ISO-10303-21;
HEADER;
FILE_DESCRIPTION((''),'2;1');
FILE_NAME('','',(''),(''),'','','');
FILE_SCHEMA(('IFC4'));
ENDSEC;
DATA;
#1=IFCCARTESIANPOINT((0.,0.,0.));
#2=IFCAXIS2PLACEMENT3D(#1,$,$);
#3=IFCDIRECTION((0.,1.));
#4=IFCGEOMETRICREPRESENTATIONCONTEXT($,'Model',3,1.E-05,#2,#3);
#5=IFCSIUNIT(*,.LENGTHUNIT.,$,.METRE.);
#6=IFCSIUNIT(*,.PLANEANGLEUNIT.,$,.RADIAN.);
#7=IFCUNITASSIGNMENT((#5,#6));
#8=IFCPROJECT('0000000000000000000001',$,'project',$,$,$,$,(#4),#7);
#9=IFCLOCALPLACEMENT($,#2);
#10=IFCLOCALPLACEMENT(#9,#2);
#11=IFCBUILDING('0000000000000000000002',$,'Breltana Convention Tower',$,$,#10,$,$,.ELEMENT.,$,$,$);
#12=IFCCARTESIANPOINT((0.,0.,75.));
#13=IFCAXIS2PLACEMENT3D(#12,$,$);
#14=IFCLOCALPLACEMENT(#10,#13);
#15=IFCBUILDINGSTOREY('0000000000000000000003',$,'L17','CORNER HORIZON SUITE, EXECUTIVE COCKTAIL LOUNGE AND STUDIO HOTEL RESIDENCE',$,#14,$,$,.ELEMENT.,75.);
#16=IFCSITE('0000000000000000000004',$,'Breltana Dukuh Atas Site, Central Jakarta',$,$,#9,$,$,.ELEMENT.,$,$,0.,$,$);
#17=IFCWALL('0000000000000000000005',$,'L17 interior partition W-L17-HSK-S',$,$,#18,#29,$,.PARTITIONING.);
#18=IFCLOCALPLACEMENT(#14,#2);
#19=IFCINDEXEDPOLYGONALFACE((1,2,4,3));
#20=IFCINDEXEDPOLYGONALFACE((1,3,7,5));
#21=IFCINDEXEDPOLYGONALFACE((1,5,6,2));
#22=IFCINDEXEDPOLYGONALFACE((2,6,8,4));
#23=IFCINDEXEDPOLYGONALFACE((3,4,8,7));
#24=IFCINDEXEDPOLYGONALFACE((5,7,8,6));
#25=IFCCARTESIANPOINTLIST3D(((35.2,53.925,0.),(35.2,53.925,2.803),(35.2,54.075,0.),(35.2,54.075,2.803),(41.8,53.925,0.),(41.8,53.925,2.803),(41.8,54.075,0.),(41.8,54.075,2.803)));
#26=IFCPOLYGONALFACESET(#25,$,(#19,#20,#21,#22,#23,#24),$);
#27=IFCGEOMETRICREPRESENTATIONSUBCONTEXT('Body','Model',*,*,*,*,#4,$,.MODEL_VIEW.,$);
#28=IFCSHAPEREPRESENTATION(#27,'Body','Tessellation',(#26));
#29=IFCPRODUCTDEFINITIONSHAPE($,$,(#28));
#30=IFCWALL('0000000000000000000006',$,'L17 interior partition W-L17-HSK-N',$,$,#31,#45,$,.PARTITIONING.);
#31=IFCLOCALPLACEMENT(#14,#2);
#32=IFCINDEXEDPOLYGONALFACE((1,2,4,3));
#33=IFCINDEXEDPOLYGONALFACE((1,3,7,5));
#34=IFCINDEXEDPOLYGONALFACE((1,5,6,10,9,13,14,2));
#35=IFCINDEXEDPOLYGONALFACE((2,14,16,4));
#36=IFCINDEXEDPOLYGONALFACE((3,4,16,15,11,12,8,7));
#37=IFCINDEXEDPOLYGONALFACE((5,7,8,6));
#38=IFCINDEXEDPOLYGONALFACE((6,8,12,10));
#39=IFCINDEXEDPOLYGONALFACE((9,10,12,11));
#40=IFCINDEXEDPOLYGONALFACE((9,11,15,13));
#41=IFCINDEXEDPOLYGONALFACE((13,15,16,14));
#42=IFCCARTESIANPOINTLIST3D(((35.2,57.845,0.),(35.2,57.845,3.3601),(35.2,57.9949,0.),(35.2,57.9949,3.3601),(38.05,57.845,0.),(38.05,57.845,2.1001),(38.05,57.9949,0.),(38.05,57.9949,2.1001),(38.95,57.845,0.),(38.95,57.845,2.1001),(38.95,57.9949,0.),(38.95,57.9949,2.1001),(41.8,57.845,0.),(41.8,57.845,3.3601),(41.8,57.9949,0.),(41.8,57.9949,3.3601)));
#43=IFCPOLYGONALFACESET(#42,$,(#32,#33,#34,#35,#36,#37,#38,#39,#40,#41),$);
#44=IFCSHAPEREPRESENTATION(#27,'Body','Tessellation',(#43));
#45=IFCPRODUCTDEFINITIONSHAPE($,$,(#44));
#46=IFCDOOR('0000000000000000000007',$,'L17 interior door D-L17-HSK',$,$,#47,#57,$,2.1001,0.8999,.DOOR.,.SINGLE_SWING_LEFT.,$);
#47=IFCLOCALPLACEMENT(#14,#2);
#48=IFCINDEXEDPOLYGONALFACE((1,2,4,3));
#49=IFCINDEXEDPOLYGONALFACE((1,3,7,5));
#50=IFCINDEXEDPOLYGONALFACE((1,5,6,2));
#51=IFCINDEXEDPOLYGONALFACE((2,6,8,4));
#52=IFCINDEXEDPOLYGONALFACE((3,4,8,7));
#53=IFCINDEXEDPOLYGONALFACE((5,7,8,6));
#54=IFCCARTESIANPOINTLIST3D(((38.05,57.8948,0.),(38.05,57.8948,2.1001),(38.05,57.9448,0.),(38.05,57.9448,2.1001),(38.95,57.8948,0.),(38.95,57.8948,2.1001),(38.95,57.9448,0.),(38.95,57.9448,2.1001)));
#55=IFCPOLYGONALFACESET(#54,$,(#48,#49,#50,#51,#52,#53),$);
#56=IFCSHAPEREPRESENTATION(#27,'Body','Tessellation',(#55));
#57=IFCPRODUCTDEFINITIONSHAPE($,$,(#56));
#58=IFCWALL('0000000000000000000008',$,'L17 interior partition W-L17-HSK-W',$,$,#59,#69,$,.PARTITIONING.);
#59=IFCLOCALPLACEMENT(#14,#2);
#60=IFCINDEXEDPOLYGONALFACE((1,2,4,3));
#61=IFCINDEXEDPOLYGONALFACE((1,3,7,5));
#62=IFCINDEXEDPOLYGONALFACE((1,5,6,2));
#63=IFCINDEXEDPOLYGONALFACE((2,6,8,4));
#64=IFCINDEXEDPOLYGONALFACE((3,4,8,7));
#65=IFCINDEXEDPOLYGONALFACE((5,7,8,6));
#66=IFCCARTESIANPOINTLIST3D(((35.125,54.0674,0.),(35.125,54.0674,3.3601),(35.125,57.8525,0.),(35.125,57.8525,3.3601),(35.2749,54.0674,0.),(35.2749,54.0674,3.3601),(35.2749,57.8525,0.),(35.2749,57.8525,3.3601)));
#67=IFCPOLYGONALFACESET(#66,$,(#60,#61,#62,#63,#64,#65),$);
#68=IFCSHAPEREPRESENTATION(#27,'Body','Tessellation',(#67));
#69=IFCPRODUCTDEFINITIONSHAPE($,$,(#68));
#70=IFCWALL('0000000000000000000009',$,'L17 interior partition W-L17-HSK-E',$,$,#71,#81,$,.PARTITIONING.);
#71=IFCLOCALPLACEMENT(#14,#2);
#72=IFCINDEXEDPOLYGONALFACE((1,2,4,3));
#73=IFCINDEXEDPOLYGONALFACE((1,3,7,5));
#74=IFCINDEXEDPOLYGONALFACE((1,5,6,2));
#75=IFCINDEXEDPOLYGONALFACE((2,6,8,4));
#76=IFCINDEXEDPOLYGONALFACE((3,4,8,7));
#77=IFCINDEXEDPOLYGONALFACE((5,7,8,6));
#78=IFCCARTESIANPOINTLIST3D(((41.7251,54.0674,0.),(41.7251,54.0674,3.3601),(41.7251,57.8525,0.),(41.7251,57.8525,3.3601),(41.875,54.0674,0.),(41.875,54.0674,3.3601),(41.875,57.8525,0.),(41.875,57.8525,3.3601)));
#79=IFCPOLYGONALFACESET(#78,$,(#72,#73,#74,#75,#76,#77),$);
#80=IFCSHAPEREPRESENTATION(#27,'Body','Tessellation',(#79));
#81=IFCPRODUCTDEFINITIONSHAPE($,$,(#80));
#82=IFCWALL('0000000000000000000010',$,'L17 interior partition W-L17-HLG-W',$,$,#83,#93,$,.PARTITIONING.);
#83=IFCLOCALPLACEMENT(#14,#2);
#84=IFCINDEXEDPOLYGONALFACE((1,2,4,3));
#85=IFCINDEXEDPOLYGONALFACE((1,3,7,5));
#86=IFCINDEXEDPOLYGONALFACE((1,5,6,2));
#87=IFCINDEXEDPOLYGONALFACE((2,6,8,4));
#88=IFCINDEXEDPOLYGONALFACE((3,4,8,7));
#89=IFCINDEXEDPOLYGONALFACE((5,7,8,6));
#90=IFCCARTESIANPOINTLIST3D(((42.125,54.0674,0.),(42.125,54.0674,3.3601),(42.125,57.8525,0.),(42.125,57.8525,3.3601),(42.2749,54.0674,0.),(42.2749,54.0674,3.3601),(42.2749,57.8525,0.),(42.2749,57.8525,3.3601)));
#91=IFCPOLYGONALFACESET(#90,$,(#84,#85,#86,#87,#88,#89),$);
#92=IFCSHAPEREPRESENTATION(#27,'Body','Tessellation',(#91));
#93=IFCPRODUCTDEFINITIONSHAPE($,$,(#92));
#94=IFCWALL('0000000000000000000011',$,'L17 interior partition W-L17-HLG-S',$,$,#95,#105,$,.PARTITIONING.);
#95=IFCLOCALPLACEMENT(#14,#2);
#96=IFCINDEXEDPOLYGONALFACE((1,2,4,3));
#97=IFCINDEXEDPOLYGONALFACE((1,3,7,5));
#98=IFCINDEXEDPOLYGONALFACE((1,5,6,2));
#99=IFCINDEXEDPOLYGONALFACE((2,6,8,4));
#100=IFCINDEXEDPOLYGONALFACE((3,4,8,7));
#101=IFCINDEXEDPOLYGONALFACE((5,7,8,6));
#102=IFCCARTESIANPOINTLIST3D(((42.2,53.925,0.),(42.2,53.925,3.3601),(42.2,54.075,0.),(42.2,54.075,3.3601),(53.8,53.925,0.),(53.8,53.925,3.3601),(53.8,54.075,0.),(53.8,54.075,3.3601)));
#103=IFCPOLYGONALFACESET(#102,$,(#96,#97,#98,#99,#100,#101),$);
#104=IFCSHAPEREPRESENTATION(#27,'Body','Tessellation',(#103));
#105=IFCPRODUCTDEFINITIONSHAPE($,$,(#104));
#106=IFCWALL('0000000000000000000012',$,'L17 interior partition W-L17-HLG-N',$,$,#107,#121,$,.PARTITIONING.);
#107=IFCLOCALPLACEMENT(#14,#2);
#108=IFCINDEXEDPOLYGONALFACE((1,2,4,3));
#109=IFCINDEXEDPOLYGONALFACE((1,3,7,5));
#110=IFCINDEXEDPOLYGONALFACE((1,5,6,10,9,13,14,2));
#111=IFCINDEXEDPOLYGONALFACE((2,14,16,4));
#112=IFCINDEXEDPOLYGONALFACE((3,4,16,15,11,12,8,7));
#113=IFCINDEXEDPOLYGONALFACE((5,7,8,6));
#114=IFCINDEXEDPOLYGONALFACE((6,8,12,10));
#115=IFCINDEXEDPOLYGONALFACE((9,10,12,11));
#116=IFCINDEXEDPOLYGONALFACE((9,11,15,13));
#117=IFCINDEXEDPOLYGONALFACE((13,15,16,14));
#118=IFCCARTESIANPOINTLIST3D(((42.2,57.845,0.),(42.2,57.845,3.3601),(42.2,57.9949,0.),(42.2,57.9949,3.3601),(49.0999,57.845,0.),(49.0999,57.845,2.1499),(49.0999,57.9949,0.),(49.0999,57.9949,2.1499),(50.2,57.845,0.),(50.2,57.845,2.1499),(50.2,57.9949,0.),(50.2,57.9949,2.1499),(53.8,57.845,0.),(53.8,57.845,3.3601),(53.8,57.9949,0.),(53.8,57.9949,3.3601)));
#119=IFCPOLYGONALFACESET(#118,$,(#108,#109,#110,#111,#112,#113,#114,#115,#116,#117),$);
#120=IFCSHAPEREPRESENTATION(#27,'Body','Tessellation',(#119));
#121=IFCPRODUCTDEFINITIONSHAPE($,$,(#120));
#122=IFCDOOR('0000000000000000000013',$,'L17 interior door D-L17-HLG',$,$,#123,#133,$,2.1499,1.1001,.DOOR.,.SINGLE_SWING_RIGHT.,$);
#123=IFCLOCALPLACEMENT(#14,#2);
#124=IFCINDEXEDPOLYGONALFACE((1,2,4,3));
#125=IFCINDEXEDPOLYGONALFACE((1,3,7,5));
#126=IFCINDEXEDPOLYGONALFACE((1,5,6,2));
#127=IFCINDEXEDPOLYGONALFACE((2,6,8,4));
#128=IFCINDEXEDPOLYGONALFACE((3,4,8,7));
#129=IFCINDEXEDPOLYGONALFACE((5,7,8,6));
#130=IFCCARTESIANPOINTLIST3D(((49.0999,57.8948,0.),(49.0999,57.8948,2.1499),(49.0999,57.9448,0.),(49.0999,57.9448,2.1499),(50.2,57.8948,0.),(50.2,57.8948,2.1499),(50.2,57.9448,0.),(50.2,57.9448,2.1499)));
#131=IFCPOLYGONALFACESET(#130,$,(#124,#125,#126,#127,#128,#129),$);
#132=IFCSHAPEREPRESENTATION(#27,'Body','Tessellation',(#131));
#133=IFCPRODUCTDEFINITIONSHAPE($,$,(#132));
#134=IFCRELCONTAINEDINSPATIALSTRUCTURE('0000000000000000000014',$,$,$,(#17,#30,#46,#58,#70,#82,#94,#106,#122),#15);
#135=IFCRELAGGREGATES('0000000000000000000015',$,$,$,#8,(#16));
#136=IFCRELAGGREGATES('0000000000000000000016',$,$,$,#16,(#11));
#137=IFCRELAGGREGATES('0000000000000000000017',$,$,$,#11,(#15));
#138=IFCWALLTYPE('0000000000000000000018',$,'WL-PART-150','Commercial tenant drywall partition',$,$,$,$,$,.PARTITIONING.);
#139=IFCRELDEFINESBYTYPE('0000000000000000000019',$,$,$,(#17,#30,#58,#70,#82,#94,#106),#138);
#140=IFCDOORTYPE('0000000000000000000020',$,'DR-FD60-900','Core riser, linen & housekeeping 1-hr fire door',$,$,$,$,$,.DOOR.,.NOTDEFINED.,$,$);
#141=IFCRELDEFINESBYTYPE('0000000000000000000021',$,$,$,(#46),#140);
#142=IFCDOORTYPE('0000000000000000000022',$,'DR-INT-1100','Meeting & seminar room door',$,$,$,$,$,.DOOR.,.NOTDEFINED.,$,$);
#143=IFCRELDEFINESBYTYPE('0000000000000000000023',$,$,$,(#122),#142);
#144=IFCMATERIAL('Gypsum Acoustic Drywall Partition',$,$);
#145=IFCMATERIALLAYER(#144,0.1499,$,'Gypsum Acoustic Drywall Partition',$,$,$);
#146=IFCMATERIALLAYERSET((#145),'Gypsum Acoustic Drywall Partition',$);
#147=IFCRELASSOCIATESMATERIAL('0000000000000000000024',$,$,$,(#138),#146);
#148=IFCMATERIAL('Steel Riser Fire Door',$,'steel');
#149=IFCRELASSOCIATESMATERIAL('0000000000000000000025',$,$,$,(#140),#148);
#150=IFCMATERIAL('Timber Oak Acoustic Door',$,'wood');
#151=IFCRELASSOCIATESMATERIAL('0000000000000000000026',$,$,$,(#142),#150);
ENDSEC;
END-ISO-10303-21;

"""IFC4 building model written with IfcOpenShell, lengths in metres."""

from ifc_helpers import new_model, si_unit, direction, frame, frame_2d, origin, place, context, subcontext, project, spatial, rectangle, extrude, source, transform, mapped, material, layer, layer_set, type_object, type_shapes, element, fill, save


model = new_model("IFC4")

# Units and contexts
model_context = context("Model", 3, precision=1e-05, world=origin(), true_north=direction((0.0, 1.0)))
body_context = subcontext(model_context, "Body", "Model", "MODEL_VIEW")
ifc_project = project(units=[si_unit("LENGTHUNIT", "METRE"), si_unit("PLANEANGLEUNIT", "RADIAN")], contexts=[model_context])

# Site, building, storey
site_placement = place(None, origin())
site = spatial("IfcSite", under=ifc_project, at=site_placement, Name="Breltana Dukuh Atas Site, Central Jakarta", CompositionType="ELEMENT", RefElevation=0.0)
building_placement = place(site_placement, origin())
building = spatial("IfcBuilding", under=site, at=building_placement, Name="Breltana Convention Tower", CompositionType="ELEMENT")
storey_placement = place(building_placement, frame((0.0, 0.0, 75.0)))
storey = spatial("IfcBuildingStorey", under=building, at=storey_placement, Name="L17", Description="CORNER HORIZON SUITE, EXECUTIVE COCKTAIL LOUNGE AND STUDIO HOTEL RESIDENCE", CompositionType="ELEMENT", Elevation=75.0)

# Wall
ifc_material_1 = material(Name="Gypsum Acoustic Drywall Partition")
ifc_layer_1 = layer(ifc_material_1, 0.1499, Name="Gypsum Acoustic Drywall Partition")
ifc_layer_set_1 = layer_set([ifc_layer_1], Name="Gypsum Acoustic Drywall Partition")
wall_type = type_object("IfcWallType", Name="WL-PART-150", Description="Commercial tenant drywall partition", PredefinedType="PARTITIONING", material=ifc_layer_set_1)
shared_shape_1 = source(origin(), body_context, "Body", "SweptSolid", [
    extrude(rectangle(XDim=6.6001, YDim=0.1499, at=frame_2d((3.3, 0.0))), origin(), (0.0, 0.0, 1.0), 2.803),
])
wall_1_placement = place(storey_placement, frame((35.2, 54.0, 0.0), z_axis=(0.0, 0.0, 1.0), x_axis=(1.0, 0.0, 0.0)))
element("IfcWall", 1, at=wall_1_placement, inside=storey, type_object=wall_type, Name="L17 interior partition W-L17-HSK-S", PredefinedType="PARTITIONING", context=body_context, shape_type="MappedRepresentation", body=[
    mapped(shared_shape_1, transform((0.0, 0.0, 0.0), scale=1.0)),
])

# Wall, opening, door
shared_shape_2 = source(origin(), body_context, "Body", "SweptSolid", [
    extrude(rectangle(XDim=6.6001, YDim=0.1499, at=frame_2d((3.3, 0.0))), origin(), (0.0, 0.0, 1.0), 3.3601),
])
wall_2_placement = place(storey_placement, frame((35.2, 57.9199, 0.0), z_axis=(0.0, 0.0, 1.0), x_axis=(1.0, 0.0, 0.0)))
wall_2 = element("IfcWall", 2, at=wall_2_placement, inside=storey, type_object=wall_type, Name="L17 interior partition W-L17-HSK-N", PredefinedType="PARTITIONING", context=body_context, shape_type="MappedRepresentation", body=[
    mapped(shared_shape_2, transform((0.0, 0.0, 0.0), scale=1.0)),
])
opening_1_placement = place(wall_2_placement, frame((2.8501, 0.0, 0.0)))
opening_1 = element("IfcOpeningElement", 3, at=opening_1_placement, cuts=wall_2, PredefinedType="OPENING", context=body_context, shape_type="SweptSolid", body=[
    extrude(rectangle(XDim=0.8999, YDim=2.1001, at=frame_2d((0.45, 1.05))), frame((0.0, 0.085, 0.0), z_axis=(0.0, -1.0, 0.0), x_axis=(1.0, 0.0, 0.0)), (0.0, 0.0, 1.0), 0.1699),
])
ifc_material_2 = material(Name="Steel Riser Fire Door", Category="steel")
door_type_1 = type_object("IfcDoorType", Name="DR-FD60-900", Description="Core riser, linen & housekeeping 1-hr fire door", OperationType="NOTDEFINED", PredefinedType="DOOR", material=ifc_material_2)
shared_shape_3 = source(origin(), body_context, "Body", "SweptSolid", [
    extrude(rectangle(XDim=0.8999, YDim=2.1001, at=frame_2d((0.45, 1.05))), frame((0.0, 0.0249, 0.0), z_axis=(0.0, -1.0, 0.0), x_axis=(1.0, 0.0, 0.0)), (0.0, 0.0, 1.0), 0.05),
])
type_shapes(door_type_1, [shared_shape_3])
door_1_placement = place(opening_1_placement, origin())
door_1 = element("IfcDoor", 4, at=door_1_placement, inside=storey, type_object=door_type_1, Name="L17 interior door D-L17-HSK", OperationType="SINGLE_SWING_LEFT", OverallHeight=2.1001, OverallWidth=0.8999, PredefinedType="DOOR", context=body_context, shape_type="MappedRepresentation", body=[
    mapped(shared_shape_3, transform((0.0, 0.0, 0.0), scale=1.0)),
])
fill(opening_1, door_1)

# Walls
shared_shape_4 = source(origin(), body_context, "Body", "SweptSolid", [
    extrude(rectangle(XDim=3.7852, YDim=0.1499, at=frame_2d((1.8926, 0.0))), origin(), (0.0, 0.0, 1.0), 3.3601),
])
for number, where, z_axis, x_axis, name in (
    (5, (35.2, 54.0674, 0.0), (0.0, 0.0, 1.0), (0.0, 1.0, 0.0), "L17 interior partition W-L17-HSK-W"),
    (6, (41.8, 54.0674, 0.0), (0.0, 0.0, 1.0), (0.0, 1.0, 0.0), "L17 interior partition W-L17-HSK-E"),
    (7, (42.2, 54.0674, 0.0), (0.0, 0.0, 1.0), (0.0, 1.0, 0.0), "L17 interior partition W-L17-HLG-W"),
):
    element("IfcWall", number, at=place(storey_placement, frame(where, z_axis=z_axis, x_axis=x_axis)), inside=storey, type_object=wall_type, Name=name, PredefinedType="PARTITIONING", context=body_context, shape_type="MappedRepresentation", body=[
        mapped(shared_shape_4, transform((0.0, 0.0, 0.0), scale=1.0)),
    ])
shared_shape_5 = source(origin(), body_context, "Body", "SweptSolid", [
    extrude(rectangle(XDim=11.6001, YDim=0.1499, at=frame_2d((5.8, 0.0))), origin(), (0.0, 0.0, 1.0), 3.3601),
])
wall_3_placement = place(storey_placement, frame((42.2, 54.0, 0.0), z_axis=(0.0, 0.0, 1.0), x_axis=(1.0, 0.0, 0.0)))
element("IfcWall", 8, at=wall_3_placement, inside=storey, type_object=wall_type, Name="L17 interior partition W-L17-HLG-S", PredefinedType="PARTITIONING", context=body_context, shape_type="MappedRepresentation", body=[
    mapped(shared_shape_5, transform((0.0, 0.0, 0.0), scale=1.0)),
])

# Wall, opening, door
wall_4_placement = place(storey_placement, frame((42.2, 57.9199, 0.0), z_axis=(0.0, 0.0, 1.0), x_axis=(1.0, 0.0, 0.0)))
wall_4 = element("IfcWall", 9, at=wall_4_placement, inside=storey, type_object=wall_type, Name="L17 interior partition W-L17-HLG-N", PredefinedType="PARTITIONING", context=body_context, shape_type="MappedRepresentation", body=[
    mapped(shared_shape_5, transform((0.0, 0.0, 0.0), scale=1.0)),
])
opening_2_placement = place(wall_4_placement, frame((6.8999, 0.0, 0.0)))
opening_2 = element("IfcOpeningElement", 10, at=opening_2_placement, cuts=wall_4, PredefinedType="OPENING", context=body_context, shape_type="SweptSolid", body=[
    extrude(rectangle(XDim=1.1001, YDim=2.1499, at=frame_2d((0.55, 1.075))), frame((0.0, 0.085, 0.0), z_axis=(0.0, -1.0, 0.0), x_axis=(1.0, 0.0, 0.0)), (0.0, 0.0, 1.0), 0.1699),
])
ifc_material_3 = material(Name="Timber Oak Acoustic Door", Category="wood")
door_type_2 = type_object("IfcDoorType", Name="DR-INT-1100", Description="Meeting & seminar room door", OperationType="NOTDEFINED", PredefinedType="DOOR", material=ifc_material_3)
shared_shape_6 = source(origin(), body_context, "Body", "SweptSolid", [
    extrude(rectangle(XDim=1.1001, YDim=2.1499, at=frame_2d((0.55, 1.075))), frame((0.0, 0.0249, 0.0), z_axis=(0.0, -1.0, 0.0), x_axis=(1.0, 0.0, 0.0)), (0.0, 0.0, 1.0), 0.05),
])
type_shapes(door_type_2, [shared_shape_6])
door_2_placement = place(opening_2_placement, origin())
door_2 = element("IfcDoor", 11, at=door_2_placement, inside=storey, type_object=door_type_2, Name="L17 interior door D-L17-HLG", OperationType="SINGLE_SWING_RIGHT", OverallHeight=2.1499, OverallWidth=1.1001, PredefinedType="DOOR", context=body_context, shape_type="MappedRepresentation", body=[
    mapped(shared_shape_6, transform((0.0, 0.0, 0.0), scale=1.0)),
])
fill(opening_2, door_2)

save(model, "model.ifc")
